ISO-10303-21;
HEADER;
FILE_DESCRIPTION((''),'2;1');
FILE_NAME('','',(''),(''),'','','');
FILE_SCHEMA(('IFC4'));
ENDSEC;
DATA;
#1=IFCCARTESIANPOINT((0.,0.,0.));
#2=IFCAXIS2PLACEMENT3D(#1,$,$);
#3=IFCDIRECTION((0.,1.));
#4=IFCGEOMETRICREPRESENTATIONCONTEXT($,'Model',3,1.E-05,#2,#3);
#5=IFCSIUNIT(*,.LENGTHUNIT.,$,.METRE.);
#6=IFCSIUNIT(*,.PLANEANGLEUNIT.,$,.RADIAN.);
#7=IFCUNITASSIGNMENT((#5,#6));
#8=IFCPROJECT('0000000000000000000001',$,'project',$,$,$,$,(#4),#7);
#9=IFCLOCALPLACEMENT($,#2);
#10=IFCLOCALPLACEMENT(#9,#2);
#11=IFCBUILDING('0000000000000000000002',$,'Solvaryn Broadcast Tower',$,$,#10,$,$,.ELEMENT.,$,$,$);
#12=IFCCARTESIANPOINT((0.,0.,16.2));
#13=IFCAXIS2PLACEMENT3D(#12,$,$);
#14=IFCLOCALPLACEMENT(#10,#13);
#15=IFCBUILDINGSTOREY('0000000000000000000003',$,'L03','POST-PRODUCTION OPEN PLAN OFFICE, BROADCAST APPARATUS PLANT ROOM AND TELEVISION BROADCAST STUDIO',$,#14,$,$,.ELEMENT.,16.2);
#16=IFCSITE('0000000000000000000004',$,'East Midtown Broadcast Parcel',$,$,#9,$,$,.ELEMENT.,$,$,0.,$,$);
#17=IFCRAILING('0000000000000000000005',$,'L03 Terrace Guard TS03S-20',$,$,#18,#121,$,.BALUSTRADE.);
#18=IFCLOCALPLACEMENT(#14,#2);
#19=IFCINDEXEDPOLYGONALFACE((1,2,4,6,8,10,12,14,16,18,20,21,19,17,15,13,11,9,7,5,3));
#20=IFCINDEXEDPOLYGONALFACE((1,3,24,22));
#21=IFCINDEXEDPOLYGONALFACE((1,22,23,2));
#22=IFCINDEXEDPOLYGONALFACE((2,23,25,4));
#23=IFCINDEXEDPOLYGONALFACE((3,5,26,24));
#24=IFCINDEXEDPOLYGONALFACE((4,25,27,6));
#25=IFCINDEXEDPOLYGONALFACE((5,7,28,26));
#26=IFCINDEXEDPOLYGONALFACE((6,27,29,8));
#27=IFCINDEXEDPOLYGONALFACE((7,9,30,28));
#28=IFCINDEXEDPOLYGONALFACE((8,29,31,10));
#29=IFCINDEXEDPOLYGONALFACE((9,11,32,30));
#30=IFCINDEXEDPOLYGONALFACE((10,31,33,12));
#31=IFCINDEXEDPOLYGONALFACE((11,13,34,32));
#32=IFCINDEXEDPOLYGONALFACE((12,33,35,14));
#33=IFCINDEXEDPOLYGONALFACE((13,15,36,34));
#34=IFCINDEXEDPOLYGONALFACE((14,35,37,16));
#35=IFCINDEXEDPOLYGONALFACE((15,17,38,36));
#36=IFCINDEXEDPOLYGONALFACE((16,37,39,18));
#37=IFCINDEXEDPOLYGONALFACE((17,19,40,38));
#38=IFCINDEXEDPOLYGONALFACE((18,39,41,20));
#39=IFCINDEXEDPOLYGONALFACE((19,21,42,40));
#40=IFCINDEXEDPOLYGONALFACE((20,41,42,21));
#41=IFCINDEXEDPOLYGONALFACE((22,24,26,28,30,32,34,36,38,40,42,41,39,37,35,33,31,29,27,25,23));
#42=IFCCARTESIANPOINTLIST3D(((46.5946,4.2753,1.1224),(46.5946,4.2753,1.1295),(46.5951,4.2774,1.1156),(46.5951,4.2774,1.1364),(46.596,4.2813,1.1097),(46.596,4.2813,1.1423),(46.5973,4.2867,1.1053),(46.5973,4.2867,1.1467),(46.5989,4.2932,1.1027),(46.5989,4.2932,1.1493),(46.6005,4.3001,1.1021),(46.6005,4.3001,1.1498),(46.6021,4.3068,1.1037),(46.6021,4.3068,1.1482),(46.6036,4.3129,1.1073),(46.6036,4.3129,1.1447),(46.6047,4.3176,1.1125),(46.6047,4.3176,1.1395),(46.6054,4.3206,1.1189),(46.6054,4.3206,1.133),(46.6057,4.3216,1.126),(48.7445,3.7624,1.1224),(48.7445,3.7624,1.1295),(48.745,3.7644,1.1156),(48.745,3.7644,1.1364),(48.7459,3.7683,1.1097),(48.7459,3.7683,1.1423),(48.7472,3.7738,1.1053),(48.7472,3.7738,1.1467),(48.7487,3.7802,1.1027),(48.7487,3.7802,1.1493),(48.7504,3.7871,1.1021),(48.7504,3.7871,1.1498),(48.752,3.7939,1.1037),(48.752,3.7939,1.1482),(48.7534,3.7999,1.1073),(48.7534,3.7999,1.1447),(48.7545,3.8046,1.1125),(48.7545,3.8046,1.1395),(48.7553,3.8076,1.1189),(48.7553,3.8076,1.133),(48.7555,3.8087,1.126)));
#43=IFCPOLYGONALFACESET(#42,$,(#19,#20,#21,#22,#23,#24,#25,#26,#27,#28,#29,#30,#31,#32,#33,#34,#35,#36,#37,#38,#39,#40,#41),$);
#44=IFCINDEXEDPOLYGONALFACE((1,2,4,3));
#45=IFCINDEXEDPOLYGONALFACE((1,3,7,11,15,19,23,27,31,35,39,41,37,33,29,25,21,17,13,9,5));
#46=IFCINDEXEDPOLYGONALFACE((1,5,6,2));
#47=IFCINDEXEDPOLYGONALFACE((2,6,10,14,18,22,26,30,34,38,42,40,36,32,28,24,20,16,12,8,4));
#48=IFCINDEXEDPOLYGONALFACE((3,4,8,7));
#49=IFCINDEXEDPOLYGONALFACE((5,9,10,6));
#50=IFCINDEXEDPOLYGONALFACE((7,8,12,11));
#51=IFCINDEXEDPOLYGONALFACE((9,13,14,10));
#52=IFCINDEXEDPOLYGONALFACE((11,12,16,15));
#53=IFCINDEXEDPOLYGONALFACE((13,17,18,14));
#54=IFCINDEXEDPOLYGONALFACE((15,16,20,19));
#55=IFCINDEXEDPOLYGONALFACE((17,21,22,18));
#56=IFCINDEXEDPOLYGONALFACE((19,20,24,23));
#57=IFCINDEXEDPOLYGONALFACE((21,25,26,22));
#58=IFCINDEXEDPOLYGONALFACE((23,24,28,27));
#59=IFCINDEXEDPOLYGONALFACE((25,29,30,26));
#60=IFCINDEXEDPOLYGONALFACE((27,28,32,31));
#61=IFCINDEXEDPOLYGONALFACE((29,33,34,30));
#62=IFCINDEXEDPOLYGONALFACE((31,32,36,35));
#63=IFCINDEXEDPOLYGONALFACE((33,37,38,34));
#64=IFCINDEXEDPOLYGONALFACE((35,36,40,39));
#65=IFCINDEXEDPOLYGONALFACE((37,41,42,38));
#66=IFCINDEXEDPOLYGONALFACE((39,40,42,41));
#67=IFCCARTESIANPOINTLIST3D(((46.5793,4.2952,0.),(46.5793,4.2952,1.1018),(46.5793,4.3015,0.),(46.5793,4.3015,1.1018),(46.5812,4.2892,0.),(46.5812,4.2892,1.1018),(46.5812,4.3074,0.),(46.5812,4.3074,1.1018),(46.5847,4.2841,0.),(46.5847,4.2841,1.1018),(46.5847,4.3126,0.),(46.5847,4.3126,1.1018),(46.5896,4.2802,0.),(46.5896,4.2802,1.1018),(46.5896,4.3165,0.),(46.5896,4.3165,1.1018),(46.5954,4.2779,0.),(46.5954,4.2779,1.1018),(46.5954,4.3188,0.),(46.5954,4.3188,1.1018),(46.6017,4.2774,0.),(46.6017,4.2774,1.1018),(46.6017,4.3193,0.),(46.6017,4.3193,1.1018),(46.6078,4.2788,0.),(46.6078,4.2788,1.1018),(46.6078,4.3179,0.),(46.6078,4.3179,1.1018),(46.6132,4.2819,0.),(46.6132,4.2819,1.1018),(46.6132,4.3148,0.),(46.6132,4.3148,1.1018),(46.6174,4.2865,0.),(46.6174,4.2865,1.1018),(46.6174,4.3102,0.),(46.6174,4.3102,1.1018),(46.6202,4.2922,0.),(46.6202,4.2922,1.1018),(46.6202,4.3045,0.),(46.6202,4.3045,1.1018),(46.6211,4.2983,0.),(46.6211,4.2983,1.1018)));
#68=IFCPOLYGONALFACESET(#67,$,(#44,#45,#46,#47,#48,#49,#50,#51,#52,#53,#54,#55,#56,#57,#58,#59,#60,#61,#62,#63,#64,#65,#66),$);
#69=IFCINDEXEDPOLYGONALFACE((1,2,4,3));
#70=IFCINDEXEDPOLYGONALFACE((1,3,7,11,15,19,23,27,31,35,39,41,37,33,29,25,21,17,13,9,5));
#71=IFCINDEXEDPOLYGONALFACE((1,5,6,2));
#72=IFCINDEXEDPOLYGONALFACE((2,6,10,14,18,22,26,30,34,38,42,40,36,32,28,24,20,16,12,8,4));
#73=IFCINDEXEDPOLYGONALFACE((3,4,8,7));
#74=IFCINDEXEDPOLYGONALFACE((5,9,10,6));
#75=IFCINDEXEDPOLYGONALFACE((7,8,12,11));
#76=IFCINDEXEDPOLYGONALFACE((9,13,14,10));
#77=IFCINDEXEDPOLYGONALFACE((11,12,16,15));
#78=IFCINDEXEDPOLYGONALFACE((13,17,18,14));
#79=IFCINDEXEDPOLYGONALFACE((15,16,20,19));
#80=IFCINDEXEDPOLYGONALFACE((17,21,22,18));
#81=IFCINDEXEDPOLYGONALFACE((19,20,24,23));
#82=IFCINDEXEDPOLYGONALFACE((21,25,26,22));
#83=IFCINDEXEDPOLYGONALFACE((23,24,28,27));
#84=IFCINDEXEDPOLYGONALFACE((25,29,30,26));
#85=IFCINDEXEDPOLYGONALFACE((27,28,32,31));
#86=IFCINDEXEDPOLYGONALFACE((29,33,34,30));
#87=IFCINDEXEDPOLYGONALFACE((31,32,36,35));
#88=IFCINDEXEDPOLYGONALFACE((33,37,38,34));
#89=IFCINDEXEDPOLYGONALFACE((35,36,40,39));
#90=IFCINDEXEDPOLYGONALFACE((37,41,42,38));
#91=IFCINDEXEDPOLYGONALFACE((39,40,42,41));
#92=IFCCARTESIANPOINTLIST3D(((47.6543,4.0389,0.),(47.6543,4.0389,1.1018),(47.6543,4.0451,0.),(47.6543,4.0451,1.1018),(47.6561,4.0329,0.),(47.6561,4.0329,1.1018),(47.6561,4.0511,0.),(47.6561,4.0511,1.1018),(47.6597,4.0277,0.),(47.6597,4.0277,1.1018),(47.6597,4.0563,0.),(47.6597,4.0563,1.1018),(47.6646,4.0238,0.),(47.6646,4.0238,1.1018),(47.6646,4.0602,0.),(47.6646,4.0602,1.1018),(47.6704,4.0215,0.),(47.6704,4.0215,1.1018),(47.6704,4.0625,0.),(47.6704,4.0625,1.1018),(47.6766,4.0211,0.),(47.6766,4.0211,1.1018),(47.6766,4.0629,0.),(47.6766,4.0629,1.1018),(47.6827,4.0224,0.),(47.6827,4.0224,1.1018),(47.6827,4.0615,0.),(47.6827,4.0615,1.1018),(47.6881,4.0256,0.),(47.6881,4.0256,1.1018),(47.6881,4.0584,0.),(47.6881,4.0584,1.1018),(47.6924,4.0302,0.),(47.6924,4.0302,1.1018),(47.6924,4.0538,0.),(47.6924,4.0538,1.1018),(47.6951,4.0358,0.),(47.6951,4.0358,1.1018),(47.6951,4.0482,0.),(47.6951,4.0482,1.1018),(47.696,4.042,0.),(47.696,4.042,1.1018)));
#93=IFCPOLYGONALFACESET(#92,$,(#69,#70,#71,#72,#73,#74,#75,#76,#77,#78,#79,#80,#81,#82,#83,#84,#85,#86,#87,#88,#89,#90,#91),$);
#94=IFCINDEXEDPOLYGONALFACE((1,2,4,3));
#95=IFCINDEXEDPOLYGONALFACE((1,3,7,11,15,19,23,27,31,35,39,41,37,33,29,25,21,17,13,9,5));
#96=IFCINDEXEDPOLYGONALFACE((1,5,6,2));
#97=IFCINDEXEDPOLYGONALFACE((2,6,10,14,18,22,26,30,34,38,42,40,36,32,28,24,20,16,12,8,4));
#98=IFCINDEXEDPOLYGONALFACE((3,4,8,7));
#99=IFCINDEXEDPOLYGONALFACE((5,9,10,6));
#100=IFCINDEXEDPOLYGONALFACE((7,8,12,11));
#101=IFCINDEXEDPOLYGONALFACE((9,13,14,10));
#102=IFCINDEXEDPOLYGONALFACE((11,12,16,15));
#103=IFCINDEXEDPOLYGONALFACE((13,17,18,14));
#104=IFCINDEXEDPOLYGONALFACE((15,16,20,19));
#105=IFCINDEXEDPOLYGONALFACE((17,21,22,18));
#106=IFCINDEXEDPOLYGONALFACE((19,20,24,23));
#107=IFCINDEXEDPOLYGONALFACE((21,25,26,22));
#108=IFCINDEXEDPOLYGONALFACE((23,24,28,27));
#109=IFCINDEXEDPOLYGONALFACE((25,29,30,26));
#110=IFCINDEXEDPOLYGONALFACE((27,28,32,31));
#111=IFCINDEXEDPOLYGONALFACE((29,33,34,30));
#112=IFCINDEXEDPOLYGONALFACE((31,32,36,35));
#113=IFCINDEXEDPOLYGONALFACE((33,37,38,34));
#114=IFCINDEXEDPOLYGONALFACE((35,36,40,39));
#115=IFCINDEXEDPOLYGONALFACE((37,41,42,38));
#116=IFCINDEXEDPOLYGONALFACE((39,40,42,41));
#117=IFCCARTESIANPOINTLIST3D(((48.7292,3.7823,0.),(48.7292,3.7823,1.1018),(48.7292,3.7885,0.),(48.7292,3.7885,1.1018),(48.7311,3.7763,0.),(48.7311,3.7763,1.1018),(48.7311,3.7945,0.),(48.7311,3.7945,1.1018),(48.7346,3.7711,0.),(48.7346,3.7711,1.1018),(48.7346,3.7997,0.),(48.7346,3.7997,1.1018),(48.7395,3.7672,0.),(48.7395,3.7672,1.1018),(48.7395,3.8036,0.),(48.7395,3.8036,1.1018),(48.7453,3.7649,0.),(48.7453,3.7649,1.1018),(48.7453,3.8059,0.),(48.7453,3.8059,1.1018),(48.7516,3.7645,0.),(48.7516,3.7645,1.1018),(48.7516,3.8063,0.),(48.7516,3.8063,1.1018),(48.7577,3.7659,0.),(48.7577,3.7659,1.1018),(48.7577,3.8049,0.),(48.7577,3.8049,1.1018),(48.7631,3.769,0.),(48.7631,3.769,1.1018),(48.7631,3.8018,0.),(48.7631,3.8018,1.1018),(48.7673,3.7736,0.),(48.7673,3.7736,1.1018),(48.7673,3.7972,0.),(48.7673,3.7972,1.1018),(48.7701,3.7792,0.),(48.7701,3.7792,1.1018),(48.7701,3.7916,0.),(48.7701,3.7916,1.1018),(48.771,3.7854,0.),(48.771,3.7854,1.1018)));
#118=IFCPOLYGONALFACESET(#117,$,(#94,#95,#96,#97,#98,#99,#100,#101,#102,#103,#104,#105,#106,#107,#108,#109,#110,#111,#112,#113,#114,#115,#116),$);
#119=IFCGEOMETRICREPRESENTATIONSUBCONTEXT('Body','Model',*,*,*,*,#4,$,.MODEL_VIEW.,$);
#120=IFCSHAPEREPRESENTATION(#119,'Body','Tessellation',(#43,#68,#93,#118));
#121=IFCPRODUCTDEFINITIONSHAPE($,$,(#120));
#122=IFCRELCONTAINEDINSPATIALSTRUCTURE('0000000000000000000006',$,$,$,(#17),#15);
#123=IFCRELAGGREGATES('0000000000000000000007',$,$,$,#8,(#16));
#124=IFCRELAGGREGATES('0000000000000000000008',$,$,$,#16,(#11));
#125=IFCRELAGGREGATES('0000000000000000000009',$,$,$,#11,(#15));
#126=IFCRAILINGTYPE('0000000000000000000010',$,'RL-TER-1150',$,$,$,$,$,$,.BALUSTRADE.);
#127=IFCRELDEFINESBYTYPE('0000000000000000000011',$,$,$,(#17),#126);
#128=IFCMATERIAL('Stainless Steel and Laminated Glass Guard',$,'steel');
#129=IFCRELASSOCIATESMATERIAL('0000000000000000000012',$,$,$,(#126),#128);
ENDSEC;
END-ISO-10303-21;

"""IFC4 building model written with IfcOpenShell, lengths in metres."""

from ifc_helpers import new_model, si_unit, direction, frame, origin, origin_2d, place, context, subcontext, project, spatial, circle, extrude, material, type_object, element, save


model = new_model("IFC4")

# Units and contexts
model_context = context("Model", 3, precision=1e-05, world=origin(), true_north=direction((0.0, 1.0)))
body_context = subcontext(model_context, "Body", "Model", "MODEL_VIEW")
ifc_project = project(units=[si_unit("LENGTHUNIT", "METRE"), si_unit("PLANEANGLEUNIT", "RADIAN")], contexts=[model_context])

# Site, building, storey
site_placement = place(None, origin())
site = spatial("IfcSite", under=ifc_project, at=site_placement, Name="East Midtown Broadcast Parcel", CompositionType="ELEMENT", RefElevation=0.0)
building_placement = place(site_placement, origin())
building = spatial("IfcBuilding", under=site, at=building_placement, Name="Solvaryn Broadcast Tower", CompositionType="ELEMENT")
storey_placement = place(building_placement, frame((0.0, 0.0, 16.2)))
storey = spatial("IfcBuildingStorey", under=building, at=storey_placement, Name="L03", Description="POST-PRODUCTION OPEN PLAN OFFICE, BROADCAST APPARATUS PLANT ROOM AND TELEVISION BROADCAST STUDIO", CompositionType="ELEMENT", Elevation=16.2)

# Railing
ifc_material_1 = material(Name="Stainless Steel and Laminated Glass Guard", Category="steel")
railing_type = type_object("IfcRailingType", Name="RL-TER-1150", PredefinedType="BALUSTRADE", material=ifc_material_1)
railing_1_placement = place(storey_placement, frame((46.6001, 4.2983, 0.0)))
element("IfcRailing", 1, at=railing_1_placement, inside=storey, type_object=railing_type, Name="L03 Terrace Guard TS03S-20", PredefinedType="BALUSTRADE", context=body_context, shape_type="SweptSolid", body=[
    extrude(circle(Radius=0.0239, at=origin_2d()), frame((0.0, 0.0, 1.126), z_axis=(0.972698, -0.232073, 0.0), x_axis=(0.232073, 0.972698, 0.0)), (0.0, 0.0, 1.0), 2.2102),
    extrude(circle(Radius=0.021, at=origin_2d()), origin(), (0.0, 0.0, 1.0), 1.1018),
    extrude(circle(Radius=0.021, at=origin_2d()), frame((1.075, -0.2563, 0.0)), (0.0, 0.0, 1.0), 1.1018),
    extrude(circle(Radius=0.021, at=origin_2d()), frame((2.1499, -0.5129, 0.0)), (0.0, 0.0, 1.0), 1.1018),
])

save(model, "model.ifc")
